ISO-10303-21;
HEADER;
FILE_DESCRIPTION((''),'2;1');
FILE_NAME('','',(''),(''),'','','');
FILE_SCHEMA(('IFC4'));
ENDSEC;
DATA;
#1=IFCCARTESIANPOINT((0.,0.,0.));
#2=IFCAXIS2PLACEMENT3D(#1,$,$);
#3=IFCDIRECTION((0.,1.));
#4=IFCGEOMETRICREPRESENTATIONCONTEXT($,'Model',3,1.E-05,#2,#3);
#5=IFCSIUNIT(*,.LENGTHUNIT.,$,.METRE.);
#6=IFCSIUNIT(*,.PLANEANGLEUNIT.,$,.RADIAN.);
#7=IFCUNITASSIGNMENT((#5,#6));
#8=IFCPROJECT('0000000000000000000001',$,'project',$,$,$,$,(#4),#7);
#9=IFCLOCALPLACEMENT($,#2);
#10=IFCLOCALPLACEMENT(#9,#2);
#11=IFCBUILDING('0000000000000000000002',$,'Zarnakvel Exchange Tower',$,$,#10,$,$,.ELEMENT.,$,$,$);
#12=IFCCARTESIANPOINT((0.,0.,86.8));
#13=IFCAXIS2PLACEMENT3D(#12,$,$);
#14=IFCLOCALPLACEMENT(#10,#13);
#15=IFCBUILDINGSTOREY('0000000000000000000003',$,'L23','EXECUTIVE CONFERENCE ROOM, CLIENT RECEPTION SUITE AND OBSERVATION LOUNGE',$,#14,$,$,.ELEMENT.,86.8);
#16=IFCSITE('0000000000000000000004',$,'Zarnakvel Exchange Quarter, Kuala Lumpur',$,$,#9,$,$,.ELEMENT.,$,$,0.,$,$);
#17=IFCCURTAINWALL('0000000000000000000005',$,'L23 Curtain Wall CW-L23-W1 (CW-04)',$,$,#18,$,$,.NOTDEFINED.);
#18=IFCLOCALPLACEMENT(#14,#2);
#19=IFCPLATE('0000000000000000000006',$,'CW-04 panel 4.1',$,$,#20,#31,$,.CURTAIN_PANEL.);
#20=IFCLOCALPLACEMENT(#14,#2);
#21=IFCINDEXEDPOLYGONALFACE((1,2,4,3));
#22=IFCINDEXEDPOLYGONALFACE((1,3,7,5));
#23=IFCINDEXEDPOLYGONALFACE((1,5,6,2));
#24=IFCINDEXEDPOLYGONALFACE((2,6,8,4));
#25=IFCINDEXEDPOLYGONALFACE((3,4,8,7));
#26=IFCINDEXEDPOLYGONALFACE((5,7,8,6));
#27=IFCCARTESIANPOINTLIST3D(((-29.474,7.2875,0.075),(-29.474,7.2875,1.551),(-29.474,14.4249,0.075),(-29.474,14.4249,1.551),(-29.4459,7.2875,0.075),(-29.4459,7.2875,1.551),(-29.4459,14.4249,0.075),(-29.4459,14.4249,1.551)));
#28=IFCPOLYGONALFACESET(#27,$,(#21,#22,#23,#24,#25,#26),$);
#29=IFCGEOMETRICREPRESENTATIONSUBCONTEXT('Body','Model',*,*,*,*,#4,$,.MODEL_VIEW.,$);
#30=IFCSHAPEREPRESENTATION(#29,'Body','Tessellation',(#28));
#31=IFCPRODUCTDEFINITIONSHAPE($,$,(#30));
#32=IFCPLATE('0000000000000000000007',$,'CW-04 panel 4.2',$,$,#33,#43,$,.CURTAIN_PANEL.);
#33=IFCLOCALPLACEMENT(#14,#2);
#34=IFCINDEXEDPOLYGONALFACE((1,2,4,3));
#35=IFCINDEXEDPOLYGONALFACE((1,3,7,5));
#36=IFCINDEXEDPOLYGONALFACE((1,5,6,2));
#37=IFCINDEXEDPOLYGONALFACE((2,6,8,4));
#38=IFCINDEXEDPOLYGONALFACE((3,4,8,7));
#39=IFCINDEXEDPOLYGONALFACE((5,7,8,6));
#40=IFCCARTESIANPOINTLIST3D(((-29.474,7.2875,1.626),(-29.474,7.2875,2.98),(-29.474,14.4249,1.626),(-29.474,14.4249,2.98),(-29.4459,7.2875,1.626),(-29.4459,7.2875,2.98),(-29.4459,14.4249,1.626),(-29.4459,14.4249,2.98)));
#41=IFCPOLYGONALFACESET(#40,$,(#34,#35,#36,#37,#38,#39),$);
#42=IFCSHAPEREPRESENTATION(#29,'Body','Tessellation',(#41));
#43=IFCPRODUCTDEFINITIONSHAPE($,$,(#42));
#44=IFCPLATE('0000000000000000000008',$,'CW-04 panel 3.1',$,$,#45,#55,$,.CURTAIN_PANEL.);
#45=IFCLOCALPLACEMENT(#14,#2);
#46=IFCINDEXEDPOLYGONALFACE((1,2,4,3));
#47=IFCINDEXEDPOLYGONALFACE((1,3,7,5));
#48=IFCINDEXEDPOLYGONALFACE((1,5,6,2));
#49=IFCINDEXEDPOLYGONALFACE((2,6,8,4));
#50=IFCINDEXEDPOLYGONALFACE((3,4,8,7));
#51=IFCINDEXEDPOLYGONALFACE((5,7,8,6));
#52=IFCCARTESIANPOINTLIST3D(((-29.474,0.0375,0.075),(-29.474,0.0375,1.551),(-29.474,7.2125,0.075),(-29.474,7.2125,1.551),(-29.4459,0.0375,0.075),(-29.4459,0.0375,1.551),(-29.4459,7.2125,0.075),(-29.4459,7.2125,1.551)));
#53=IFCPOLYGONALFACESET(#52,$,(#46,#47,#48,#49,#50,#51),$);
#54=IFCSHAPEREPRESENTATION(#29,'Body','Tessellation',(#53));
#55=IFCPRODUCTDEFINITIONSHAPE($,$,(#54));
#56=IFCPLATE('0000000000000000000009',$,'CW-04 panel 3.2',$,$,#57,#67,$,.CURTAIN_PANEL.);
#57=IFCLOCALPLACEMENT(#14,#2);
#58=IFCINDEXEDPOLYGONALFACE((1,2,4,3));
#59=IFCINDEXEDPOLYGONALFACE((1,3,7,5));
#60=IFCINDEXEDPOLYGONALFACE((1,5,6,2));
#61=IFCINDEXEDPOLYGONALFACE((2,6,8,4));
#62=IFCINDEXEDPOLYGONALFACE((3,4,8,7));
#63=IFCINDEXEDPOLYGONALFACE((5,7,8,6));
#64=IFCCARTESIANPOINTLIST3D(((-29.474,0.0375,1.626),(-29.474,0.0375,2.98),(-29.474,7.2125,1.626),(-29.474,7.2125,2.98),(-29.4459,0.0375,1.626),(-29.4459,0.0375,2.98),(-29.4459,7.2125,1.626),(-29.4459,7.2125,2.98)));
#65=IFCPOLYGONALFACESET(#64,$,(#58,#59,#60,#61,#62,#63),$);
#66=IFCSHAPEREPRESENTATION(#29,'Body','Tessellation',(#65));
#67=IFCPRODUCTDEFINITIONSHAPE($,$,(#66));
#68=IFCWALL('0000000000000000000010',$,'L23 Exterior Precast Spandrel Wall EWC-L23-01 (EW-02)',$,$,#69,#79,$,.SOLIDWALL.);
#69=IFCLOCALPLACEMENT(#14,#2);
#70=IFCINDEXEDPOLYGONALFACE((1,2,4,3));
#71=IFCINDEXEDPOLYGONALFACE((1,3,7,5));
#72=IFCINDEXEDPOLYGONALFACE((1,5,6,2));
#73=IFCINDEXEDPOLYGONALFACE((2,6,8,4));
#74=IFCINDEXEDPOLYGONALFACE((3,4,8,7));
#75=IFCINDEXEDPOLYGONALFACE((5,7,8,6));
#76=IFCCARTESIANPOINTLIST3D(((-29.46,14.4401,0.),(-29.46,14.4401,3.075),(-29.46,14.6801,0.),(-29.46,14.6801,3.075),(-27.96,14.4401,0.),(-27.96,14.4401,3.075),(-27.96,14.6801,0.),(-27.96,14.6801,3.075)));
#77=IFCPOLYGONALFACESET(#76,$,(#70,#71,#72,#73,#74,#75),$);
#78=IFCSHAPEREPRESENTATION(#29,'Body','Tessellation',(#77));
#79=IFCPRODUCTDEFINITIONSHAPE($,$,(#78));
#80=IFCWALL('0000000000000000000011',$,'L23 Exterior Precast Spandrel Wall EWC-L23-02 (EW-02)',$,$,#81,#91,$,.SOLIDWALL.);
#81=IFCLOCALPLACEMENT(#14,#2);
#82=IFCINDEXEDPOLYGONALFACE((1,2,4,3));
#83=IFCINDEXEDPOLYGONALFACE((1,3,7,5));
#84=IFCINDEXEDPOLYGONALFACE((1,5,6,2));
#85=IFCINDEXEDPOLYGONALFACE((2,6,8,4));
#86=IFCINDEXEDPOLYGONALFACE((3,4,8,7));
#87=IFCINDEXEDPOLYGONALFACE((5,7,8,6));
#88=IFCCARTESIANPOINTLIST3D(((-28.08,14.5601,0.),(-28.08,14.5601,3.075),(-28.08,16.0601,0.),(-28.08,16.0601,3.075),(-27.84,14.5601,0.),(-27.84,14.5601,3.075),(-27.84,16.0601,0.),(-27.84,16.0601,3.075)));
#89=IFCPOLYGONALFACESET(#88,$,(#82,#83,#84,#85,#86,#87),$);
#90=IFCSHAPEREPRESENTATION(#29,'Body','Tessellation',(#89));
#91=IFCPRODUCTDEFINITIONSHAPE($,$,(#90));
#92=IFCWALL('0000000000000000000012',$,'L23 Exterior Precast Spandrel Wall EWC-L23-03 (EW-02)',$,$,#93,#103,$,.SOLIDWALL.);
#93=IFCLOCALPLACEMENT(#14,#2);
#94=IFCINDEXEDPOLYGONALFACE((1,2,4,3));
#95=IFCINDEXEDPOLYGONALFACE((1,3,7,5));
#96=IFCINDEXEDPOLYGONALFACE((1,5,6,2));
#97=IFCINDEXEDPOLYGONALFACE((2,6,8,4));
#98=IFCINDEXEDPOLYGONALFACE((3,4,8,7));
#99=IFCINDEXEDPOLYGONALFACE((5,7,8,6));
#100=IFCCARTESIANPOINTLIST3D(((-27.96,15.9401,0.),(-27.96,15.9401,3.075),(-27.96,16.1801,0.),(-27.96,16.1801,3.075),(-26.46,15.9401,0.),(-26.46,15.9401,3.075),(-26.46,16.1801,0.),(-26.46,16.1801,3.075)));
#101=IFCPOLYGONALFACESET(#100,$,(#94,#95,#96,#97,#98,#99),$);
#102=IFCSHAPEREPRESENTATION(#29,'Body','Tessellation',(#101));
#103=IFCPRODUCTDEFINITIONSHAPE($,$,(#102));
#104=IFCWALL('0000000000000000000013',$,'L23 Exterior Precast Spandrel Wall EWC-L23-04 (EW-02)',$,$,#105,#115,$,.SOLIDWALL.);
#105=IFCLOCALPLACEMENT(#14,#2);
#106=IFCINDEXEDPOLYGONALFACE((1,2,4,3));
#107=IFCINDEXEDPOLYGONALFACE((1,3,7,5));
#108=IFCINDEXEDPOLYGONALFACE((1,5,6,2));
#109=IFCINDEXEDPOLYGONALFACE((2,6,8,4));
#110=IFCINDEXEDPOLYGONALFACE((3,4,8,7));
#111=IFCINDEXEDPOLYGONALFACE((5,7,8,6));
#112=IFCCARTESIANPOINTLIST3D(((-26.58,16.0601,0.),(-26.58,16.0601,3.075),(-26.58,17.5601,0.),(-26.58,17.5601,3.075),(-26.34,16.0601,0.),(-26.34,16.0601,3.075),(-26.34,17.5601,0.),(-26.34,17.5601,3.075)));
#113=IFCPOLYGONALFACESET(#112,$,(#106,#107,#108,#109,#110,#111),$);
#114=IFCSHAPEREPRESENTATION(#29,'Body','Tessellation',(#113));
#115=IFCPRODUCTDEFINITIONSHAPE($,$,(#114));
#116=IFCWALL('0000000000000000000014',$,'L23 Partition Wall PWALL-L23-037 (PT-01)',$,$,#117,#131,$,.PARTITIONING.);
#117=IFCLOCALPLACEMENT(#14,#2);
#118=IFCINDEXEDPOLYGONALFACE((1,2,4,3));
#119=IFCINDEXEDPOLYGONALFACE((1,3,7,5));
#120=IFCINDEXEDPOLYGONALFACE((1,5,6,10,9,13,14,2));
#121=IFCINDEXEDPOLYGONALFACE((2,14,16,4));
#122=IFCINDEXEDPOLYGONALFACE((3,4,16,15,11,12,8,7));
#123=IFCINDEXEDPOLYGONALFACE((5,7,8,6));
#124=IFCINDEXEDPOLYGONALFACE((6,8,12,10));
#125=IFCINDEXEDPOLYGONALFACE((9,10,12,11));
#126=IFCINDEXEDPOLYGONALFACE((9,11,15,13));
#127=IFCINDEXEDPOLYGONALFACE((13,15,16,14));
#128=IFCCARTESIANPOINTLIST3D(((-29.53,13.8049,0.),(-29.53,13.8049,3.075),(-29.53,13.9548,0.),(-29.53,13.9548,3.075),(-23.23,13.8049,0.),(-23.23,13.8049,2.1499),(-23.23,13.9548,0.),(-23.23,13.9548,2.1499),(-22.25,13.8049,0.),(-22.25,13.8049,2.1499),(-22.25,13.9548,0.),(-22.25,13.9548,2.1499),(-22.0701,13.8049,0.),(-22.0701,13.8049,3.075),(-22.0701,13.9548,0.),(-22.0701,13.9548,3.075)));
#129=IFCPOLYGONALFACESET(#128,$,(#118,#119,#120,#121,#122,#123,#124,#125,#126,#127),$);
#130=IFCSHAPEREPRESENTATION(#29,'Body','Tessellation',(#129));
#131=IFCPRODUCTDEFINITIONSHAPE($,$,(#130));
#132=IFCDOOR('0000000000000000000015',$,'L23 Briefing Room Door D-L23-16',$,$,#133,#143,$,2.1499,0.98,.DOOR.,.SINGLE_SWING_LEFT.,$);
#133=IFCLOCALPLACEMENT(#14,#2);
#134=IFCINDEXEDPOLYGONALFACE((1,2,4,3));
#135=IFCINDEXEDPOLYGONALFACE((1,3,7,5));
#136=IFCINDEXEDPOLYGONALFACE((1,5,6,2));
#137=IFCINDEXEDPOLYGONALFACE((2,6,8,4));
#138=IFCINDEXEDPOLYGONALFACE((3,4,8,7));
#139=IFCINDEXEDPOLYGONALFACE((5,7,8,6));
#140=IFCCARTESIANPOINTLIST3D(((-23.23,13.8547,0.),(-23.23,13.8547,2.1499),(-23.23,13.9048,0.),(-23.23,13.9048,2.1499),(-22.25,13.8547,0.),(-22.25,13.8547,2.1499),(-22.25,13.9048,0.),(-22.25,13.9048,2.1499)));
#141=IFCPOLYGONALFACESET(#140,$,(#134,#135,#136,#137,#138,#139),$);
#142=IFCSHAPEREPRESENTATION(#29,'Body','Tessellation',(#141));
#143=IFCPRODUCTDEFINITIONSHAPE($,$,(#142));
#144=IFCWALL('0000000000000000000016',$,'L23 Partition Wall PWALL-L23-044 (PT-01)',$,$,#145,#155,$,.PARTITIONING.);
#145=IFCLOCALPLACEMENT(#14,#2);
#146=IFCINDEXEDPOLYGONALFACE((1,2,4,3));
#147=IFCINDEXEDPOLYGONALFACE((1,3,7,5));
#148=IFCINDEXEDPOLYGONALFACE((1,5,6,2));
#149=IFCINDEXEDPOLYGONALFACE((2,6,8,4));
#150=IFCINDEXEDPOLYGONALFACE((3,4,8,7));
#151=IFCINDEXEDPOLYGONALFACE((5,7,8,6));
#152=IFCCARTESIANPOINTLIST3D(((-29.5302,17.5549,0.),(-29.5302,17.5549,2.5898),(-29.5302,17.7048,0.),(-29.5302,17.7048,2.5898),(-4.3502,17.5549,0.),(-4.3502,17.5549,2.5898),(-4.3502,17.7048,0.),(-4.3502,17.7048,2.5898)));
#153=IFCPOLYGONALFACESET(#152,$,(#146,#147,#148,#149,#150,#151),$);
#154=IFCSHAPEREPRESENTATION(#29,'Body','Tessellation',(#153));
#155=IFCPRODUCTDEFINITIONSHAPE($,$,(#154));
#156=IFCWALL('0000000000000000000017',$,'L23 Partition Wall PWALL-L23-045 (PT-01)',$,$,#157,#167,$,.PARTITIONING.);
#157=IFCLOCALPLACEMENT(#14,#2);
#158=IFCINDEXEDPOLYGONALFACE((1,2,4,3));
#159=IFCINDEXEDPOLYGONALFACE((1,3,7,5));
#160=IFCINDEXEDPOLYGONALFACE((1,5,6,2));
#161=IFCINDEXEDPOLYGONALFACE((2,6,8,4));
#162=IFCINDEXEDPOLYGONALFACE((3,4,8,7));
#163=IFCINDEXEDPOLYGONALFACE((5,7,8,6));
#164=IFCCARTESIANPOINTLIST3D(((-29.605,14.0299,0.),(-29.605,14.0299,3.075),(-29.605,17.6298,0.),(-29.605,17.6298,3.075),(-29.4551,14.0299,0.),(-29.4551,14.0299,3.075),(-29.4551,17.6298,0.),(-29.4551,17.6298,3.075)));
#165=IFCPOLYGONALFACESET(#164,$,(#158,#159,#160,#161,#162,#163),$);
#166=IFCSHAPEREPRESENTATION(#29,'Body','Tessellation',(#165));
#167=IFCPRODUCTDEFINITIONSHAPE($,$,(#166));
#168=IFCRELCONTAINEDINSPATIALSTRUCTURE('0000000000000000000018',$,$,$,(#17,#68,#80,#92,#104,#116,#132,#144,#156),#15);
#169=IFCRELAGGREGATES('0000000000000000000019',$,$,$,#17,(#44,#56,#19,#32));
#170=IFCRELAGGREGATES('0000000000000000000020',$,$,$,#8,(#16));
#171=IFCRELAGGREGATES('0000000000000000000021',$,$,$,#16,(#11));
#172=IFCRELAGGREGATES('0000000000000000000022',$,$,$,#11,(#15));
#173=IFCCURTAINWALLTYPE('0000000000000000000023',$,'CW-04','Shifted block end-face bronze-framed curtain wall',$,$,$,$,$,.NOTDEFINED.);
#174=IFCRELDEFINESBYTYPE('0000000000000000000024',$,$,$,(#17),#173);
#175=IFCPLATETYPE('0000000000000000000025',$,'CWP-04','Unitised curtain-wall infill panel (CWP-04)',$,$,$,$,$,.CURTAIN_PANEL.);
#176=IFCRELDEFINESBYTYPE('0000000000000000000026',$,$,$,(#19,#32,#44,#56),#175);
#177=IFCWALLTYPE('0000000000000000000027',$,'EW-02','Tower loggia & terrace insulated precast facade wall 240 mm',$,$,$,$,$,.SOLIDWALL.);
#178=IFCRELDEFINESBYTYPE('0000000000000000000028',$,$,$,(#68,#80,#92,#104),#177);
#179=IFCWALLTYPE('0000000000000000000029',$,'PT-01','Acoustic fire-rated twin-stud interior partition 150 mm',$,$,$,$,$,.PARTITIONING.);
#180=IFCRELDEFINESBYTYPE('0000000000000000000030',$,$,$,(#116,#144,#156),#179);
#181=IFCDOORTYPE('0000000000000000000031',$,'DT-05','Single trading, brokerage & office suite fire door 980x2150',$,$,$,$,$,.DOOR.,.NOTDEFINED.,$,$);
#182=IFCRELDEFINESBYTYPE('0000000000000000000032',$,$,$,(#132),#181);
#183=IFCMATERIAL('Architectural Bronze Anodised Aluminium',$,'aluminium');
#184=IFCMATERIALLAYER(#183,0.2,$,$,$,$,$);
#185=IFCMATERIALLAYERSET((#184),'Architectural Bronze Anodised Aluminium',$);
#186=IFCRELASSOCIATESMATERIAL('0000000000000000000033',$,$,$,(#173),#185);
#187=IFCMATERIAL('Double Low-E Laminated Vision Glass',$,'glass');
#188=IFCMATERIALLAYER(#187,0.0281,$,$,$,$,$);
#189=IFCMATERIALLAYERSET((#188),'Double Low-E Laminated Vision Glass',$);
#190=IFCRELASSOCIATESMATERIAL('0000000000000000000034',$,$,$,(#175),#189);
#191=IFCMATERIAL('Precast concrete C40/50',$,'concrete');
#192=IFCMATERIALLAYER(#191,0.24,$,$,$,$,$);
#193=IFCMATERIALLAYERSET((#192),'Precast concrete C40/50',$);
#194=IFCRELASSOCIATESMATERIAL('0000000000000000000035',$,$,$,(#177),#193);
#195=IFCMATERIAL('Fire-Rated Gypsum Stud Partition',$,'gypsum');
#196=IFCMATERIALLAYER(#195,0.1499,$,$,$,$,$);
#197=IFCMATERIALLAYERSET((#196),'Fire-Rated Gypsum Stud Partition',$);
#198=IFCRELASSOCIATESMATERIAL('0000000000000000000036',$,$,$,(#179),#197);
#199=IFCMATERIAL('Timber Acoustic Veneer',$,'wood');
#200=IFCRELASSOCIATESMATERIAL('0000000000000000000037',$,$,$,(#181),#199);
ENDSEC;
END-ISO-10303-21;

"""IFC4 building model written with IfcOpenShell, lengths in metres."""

from ifc_helpers import new_model, si_unit, direction, frame, frame_2d, origin, origin_2d, place, context, subcontext, project, spatial, rectangle, extrude, source, transform, mapped, material, layer, layer_set, type_object, element, fill, aggregate, save


model = new_model("IFC4")

# Units and contexts
model_context = context("Model", 3, precision=1e-05, world=origin(), true_north=direction((0.0, 1.0)))
body_context = subcontext(model_context, "Body", "Model", "MODEL_VIEW")
ifc_project = project(units=[si_unit("LENGTHUNIT", "METRE"), si_unit("PLANEANGLEUNIT", "RADIAN")], contexts=[model_context])

# Site, building, storey
site_placement = place(None, origin())
site = spatial("IfcSite", under=ifc_project, at=site_placement, Name="Zarnakvel Exchange Quarter, Kuala Lumpur", CompositionType="ELEMENT", RefElevation=0.0)
building_placement = place(site_placement, origin())
building = spatial("IfcBuilding", under=site, at=building_placement, Name="Zarnakvel Exchange Tower", CompositionType="ELEMENT")
storey_placement = place(building_placement, frame((0.0, 0.0, 86.8)))
storey = spatial("IfcBuildingStorey", under=building, at=storey_placement, Name="L23", Description="EXECUTIVE CONFERENCE ROOM, CLIENT RECEPTION SUITE AND OBSERVATION LOUNGE", CompositionType="ELEMENT", Elevation=86.8)

# Shared definitions
ifc_material_1 = material(Name="Architectural Bronze Anodised Aluminium", Category="aluminium")

# Curtain wall
ifc_layer_1 = layer(ifc_material_1, 0.2)
ifc_layer_set_1 = layer_set([ifc_layer_1], Name="Architectural Bronze Anodised Aluminium")
curtain_wall_type_1 = type_object("IfcCurtainWallType", Name="CW-04", Description="Shifted block end-face bronze-framed curtain wall", PredefinedType="NOTDEFINED", material=ifc_layer_set_1)
curtain_wall_1_placement = place(storey_placement, origin())
curtain_wall_1 = element("IfcCurtainWall", 1, at=curtain_wall_1_placement, inside=storey, type_object=curtain_wall_type_1, Name="L23 Curtain Wall CW-L23-W1 (CW-04)", PredefinedType="NOTDEFINED")

# Plates
ifc_material_2 = material(Name="Double Low-E Laminated Vision Glass", Category="glass")
ifc_layer_2 = layer(ifc_material_2, 0.0281)
ifc_layer_set_2 = layer_set([ifc_layer_2], Name="Double Low-E Laminated Vision Glass")
plate_type_1 = type_object("IfcPlateType", Name="CWP-04", Description="Unitised curtain-wall infill panel (CWP-04)", PredefinedType="CURTAIN_PANEL", material=ifc_layer_set_2)
shared_shape_1 = source(origin(), body_context, "Body", "SweptSolid", [
    extrude(rectangle(XDim=7.1375, YDim=0.0281, at=origin_2d()), origin(), (0.0, 0.0, 1.0), 1.4761),
])
plate_1_placement = place(storey_placement, frame((-29.46, 10.8562, 0.075), z_axis=(0.0, 0.0, 1.0), x_axis=(0.0, 1.0, 0.0)))
plate_1 = element("IfcPlate", 2, at=plate_1_placement, type_object=plate_type_1, Name="CW-04 panel 4.1", PredefinedType="CURTAIN_PANEL", context=body_context, shape_type="MappedRepresentation", body=[
    mapped(shared_shape_1, transform((0.0, 0.0, 0.0), x_axis=(1.0, 0.0, 0.0), y_axis=(0.0, 1.0, 0.0), z_axis=(0.0, 0.0, 1.0), scale=1.0)),
])
shared_shape_2 = source(origin(), body_context, "Body", "SweptSolid", [
    extrude(rectangle(XDim=7.1375, YDim=0.0281, at=origin_2d()), origin(), (0.0, 0.0, 1.0), 1.354),
])
plate_2_placement = place(storey_placement, frame((-29.46, 10.8562, 1.626), z_axis=(0.0, 0.0, 1.0), x_axis=(0.0, 1.0, 0.0)))
plate_2 = element("IfcPlate", 3, at=plate_2_placement, type_object=plate_type_1, Name="CW-04 panel 4.2", PredefinedType="CURTAIN_PANEL", context=body_context, shape_type="MappedRepresentation", body=[
    mapped(shared_shape_2, transform((0.0, 0.0, 0.0), x_axis=(1.0, 0.0, 0.0), y_axis=(0.0, 1.0, 0.0), z_axis=(0.0, 0.0, 1.0), scale=1.0)),
])
shared_shape_3 = source(origin(), body_context, "Body", "SweptSolid", [
    extrude(rectangle(XDim=7.175, YDim=0.0281, at=origin_2d()), origin(), (0.0, 0.0, 1.0), 1.4761),
])
plate_3_placement = place(storey_placement, frame((-29.46, 3.625, 0.075), z_axis=(0.0, 0.0, 1.0), x_axis=(0.0, 1.0, 0.0)))
plate_3 = element("IfcPlate", 4, at=plate_3_placement, type_object=plate_type_1, Name="CW-04 panel 3.1", PredefinedType="CURTAIN_PANEL", context=body_context, shape_type="MappedRepresentation", body=[
    mapped(shared_shape_3, transform((0.0, 0.0, 0.0), x_axis=(1.0, 0.0, 0.0), y_axis=(0.0, 1.0, 0.0), z_axis=(0.0, 0.0, 1.0), scale=1.0)),
])
shared_shape_4 = source(origin(), body_context, "Body", "SweptSolid", [
    extrude(rectangle(XDim=7.175, YDim=0.0281, at=origin_2d()), origin(), (0.0, 0.0, 1.0), 1.354),
])
plate_4_placement = place(storey_placement, frame((-29.46, 3.625, 1.626), z_axis=(0.0, 0.0, 1.0), x_axis=(0.0, 1.0, 0.0)))
plate_4 = element("IfcPlate", 5, at=plate_4_placement, type_object=plate_type_1, Name="CW-04 panel 3.2", PredefinedType="CURTAIN_PANEL", context=body_context, shape_type="MappedRepresentation", body=[
    mapped(shared_shape_4, transform((0.0, 0.0, 0.0), x_axis=(1.0, 0.0, 0.0), y_axis=(0.0, 1.0, 0.0), z_axis=(0.0, 0.0, 1.0), scale=1.0)),
])
aggregate(curtain_wall_1, [plate_3, plate_4, plate_1, plate_2])

# Walls
ifc_material_3 = material(Name="Precast concrete C40/50", Category="concrete")
ifc_layer_3 = layer(ifc_material_3, 0.24)
ifc_layer_set_3 = layer_set([ifc_layer_3], Name="Precast concrete C40/50")
wall_type_1 = type_object("IfcWallType", Name="EW-02", Description="Tower loggia & terrace insulated precast facade wall 240 mm", PredefinedType="SOLIDWALL", material=ifc_layer_set_3)
for number, where, z_axis, x_axis, name in (
    (6, (-27.96, 14.5601, 0.0), (0.0, 0.0, 1.0), (-1.0, 0.0, 0.0), "L23 Exterior Precast Spandrel Wall EWC-L23-01 (EW-02)"),
    (7, (-27.96, 16.0601, 0.0), (0.0, 0.0, 1.0), (0.0, -1.0, 0.0), "L23 Exterior Precast Spandrel Wall EWC-L23-02 (EW-02)"),
    (8, (-26.46, 16.0601, 0.0), (0.0, 0.0, 1.0), (-1.0, 0.0, 0.0), "L23 Exterior Precast Spandrel Wall EWC-L23-03 (EW-02)"),
    (9, (-26.46, 17.5601, 0.0), (0.0, 0.0, 1.0), (0.0, -1.0, 0.0), "L23 Exterior Precast Spandrel Wall EWC-L23-04 (EW-02)"),
):
    element("IfcWall", number, at=place(storey_placement, frame(where, z_axis=z_axis, x_axis=x_axis)), inside=storey, type_object=wall_type_1, Name=name, PredefinedType="SOLIDWALL", context=body_context, shape_type="SweptSolid", body=[
        extrude(rectangle(XDim=1.5, YDim=0.24, at=frame_2d((0.75, 0.0))), origin(), (0.0, 0.0, 1.0), 3.075),
    ])

# Wall, opening, door
ifc_material_4 = material(Name="Fire-Rated Gypsum Stud Partition", Category="gypsum")
ifc_layer_4 = layer(ifc_material_4, 0.1499)
ifc_layer_set_4 = layer_set([ifc_layer_4], Name="Fire-Rated Gypsum Stud Partition")
wall_type_2 = type_object("IfcWallType", Name="PT-01", Description="Acoustic fire-rated twin-stud interior partition 150 mm", PredefinedType="PARTITIONING", material=ifc_layer_set_4)
wall_1_placement = place(storey_placement, frame((-29.53, 13.8799, 0.0), z_axis=(0.0, 0.0, 1.0), x_axis=(1.0, 0.0, 0.0)))
wall_1 = element("IfcWall", 10, at=wall_1_placement, inside=storey, type_object=wall_type_2, Name="L23 Partition Wall PWALL-L23-037 (PT-01)", PredefinedType="PARTITIONING", context=body_context, shape_type="SweptSolid", body=[
    extrude(rectangle(XDim=7.46, YDim=0.1499, at=frame_2d((3.73, 0.0))), origin(), (0.0, 0.0, 1.0), 3.075),
])
opening_placement = place(wall_1_placement, frame((6.3, 0.0, 0.0)))
opening = element("IfcOpeningElement", 11, at=opening_placement, cuts=wall_1, PredefinedType="OPENING", context=body_context, shape_type="SweptSolid", body=[
    extrude(rectangle(XDim=0.98, YDim=2.1499, at=frame_2d((0.49, 1.075))), frame((0.0, 0.085, 0.0), z_axis=(0.0, -1.0, 0.0), x_axis=(1.0, 0.0, 0.0)), (0.0, 0.0, 1.0), 0.1699),
])
ifc_material_5 = material(Name="Timber Acoustic Veneer", Category="wood")
door_type = type_object("IfcDoorType", Name="DT-05", Description="Single trading, brokerage & office suite fire door 980x2150", OperationType="NOTDEFINED", PredefinedType="DOOR", material=ifc_material_5)
shared_shape_5 = source(origin(), body_context, "Body", "SweptSolid", [
    extrude(rectangle(XDim=0.98, YDim=2.1499, at=frame_2d((0.49, 1.075))), frame((0.0, 0.0249, 0.0), z_axis=(0.0, -1.0, 0.0), x_axis=(1.0, 0.0, 0.0)), (0.0, 0.0, 1.0), 0.05),
])
door_placement = place(opening_placement, origin())
door = element("IfcDoor", 12, at=door_placement, inside=storey, type_object=door_type, Name="L23 Briefing Room Door D-L23-16", OperationType="SINGLE_SWING_LEFT", OverallHeight=2.1499, OverallWidth=0.98, PredefinedType="DOOR", context=body_context, shape_type="MappedRepresentation", body=[
    mapped(shared_shape_5, transform((0.0, 0.0, 0.0), x_axis=(1.0, 0.0, 0.0), y_axis=(0.0, 1.0, 0.0), z_axis=(0.0, 0.0, 1.0), scale=1.0)),
])
fill(opening, door)

# Walls
wall_2_placement = place(storey_placement, frame((-29.53, 17.6299, 0.0), z_axis=(0.0, 0.0, 1.0), x_axis=(1.0, 0.0, 0.0)))
element("IfcWall", 13, at=wall_2_placement, inside=storey, type_object=wall_type_2, Name="L23 Partition Wall PWALL-L23-044 (PT-01)", PredefinedType="PARTITIONING", context=body_context, shape_type="SweptSolid", body=[
    extrude(rectangle(XDim=25.1799, YDim=0.1499, at=frame_2d((12.5898, 0.0))), origin(), (0.0, 0.0, 1.0), 2.5898),
])
wall_3_placement = place(storey_placement, frame((-29.53, 14.03, 0.0), z_axis=(0.0, 0.0, 1.0), x_axis=(0.0, 1.0, 0.0)))
element("IfcWall", 14, at=wall_3_placement, inside=storey, type_object=wall_type_2, Name="L23 Partition Wall PWALL-L23-045 (PT-01)", PredefinedType="PARTITIONING", context=body_context, shape_type="SweptSolid", body=[
    extrude(rectangle(XDim=3.5999, YDim=0.1499, at=frame_2d((1.7998, 0.0))), origin(), (0.0, 0.0, 1.0), 3.075),
])

save(model, "model.ifc")
